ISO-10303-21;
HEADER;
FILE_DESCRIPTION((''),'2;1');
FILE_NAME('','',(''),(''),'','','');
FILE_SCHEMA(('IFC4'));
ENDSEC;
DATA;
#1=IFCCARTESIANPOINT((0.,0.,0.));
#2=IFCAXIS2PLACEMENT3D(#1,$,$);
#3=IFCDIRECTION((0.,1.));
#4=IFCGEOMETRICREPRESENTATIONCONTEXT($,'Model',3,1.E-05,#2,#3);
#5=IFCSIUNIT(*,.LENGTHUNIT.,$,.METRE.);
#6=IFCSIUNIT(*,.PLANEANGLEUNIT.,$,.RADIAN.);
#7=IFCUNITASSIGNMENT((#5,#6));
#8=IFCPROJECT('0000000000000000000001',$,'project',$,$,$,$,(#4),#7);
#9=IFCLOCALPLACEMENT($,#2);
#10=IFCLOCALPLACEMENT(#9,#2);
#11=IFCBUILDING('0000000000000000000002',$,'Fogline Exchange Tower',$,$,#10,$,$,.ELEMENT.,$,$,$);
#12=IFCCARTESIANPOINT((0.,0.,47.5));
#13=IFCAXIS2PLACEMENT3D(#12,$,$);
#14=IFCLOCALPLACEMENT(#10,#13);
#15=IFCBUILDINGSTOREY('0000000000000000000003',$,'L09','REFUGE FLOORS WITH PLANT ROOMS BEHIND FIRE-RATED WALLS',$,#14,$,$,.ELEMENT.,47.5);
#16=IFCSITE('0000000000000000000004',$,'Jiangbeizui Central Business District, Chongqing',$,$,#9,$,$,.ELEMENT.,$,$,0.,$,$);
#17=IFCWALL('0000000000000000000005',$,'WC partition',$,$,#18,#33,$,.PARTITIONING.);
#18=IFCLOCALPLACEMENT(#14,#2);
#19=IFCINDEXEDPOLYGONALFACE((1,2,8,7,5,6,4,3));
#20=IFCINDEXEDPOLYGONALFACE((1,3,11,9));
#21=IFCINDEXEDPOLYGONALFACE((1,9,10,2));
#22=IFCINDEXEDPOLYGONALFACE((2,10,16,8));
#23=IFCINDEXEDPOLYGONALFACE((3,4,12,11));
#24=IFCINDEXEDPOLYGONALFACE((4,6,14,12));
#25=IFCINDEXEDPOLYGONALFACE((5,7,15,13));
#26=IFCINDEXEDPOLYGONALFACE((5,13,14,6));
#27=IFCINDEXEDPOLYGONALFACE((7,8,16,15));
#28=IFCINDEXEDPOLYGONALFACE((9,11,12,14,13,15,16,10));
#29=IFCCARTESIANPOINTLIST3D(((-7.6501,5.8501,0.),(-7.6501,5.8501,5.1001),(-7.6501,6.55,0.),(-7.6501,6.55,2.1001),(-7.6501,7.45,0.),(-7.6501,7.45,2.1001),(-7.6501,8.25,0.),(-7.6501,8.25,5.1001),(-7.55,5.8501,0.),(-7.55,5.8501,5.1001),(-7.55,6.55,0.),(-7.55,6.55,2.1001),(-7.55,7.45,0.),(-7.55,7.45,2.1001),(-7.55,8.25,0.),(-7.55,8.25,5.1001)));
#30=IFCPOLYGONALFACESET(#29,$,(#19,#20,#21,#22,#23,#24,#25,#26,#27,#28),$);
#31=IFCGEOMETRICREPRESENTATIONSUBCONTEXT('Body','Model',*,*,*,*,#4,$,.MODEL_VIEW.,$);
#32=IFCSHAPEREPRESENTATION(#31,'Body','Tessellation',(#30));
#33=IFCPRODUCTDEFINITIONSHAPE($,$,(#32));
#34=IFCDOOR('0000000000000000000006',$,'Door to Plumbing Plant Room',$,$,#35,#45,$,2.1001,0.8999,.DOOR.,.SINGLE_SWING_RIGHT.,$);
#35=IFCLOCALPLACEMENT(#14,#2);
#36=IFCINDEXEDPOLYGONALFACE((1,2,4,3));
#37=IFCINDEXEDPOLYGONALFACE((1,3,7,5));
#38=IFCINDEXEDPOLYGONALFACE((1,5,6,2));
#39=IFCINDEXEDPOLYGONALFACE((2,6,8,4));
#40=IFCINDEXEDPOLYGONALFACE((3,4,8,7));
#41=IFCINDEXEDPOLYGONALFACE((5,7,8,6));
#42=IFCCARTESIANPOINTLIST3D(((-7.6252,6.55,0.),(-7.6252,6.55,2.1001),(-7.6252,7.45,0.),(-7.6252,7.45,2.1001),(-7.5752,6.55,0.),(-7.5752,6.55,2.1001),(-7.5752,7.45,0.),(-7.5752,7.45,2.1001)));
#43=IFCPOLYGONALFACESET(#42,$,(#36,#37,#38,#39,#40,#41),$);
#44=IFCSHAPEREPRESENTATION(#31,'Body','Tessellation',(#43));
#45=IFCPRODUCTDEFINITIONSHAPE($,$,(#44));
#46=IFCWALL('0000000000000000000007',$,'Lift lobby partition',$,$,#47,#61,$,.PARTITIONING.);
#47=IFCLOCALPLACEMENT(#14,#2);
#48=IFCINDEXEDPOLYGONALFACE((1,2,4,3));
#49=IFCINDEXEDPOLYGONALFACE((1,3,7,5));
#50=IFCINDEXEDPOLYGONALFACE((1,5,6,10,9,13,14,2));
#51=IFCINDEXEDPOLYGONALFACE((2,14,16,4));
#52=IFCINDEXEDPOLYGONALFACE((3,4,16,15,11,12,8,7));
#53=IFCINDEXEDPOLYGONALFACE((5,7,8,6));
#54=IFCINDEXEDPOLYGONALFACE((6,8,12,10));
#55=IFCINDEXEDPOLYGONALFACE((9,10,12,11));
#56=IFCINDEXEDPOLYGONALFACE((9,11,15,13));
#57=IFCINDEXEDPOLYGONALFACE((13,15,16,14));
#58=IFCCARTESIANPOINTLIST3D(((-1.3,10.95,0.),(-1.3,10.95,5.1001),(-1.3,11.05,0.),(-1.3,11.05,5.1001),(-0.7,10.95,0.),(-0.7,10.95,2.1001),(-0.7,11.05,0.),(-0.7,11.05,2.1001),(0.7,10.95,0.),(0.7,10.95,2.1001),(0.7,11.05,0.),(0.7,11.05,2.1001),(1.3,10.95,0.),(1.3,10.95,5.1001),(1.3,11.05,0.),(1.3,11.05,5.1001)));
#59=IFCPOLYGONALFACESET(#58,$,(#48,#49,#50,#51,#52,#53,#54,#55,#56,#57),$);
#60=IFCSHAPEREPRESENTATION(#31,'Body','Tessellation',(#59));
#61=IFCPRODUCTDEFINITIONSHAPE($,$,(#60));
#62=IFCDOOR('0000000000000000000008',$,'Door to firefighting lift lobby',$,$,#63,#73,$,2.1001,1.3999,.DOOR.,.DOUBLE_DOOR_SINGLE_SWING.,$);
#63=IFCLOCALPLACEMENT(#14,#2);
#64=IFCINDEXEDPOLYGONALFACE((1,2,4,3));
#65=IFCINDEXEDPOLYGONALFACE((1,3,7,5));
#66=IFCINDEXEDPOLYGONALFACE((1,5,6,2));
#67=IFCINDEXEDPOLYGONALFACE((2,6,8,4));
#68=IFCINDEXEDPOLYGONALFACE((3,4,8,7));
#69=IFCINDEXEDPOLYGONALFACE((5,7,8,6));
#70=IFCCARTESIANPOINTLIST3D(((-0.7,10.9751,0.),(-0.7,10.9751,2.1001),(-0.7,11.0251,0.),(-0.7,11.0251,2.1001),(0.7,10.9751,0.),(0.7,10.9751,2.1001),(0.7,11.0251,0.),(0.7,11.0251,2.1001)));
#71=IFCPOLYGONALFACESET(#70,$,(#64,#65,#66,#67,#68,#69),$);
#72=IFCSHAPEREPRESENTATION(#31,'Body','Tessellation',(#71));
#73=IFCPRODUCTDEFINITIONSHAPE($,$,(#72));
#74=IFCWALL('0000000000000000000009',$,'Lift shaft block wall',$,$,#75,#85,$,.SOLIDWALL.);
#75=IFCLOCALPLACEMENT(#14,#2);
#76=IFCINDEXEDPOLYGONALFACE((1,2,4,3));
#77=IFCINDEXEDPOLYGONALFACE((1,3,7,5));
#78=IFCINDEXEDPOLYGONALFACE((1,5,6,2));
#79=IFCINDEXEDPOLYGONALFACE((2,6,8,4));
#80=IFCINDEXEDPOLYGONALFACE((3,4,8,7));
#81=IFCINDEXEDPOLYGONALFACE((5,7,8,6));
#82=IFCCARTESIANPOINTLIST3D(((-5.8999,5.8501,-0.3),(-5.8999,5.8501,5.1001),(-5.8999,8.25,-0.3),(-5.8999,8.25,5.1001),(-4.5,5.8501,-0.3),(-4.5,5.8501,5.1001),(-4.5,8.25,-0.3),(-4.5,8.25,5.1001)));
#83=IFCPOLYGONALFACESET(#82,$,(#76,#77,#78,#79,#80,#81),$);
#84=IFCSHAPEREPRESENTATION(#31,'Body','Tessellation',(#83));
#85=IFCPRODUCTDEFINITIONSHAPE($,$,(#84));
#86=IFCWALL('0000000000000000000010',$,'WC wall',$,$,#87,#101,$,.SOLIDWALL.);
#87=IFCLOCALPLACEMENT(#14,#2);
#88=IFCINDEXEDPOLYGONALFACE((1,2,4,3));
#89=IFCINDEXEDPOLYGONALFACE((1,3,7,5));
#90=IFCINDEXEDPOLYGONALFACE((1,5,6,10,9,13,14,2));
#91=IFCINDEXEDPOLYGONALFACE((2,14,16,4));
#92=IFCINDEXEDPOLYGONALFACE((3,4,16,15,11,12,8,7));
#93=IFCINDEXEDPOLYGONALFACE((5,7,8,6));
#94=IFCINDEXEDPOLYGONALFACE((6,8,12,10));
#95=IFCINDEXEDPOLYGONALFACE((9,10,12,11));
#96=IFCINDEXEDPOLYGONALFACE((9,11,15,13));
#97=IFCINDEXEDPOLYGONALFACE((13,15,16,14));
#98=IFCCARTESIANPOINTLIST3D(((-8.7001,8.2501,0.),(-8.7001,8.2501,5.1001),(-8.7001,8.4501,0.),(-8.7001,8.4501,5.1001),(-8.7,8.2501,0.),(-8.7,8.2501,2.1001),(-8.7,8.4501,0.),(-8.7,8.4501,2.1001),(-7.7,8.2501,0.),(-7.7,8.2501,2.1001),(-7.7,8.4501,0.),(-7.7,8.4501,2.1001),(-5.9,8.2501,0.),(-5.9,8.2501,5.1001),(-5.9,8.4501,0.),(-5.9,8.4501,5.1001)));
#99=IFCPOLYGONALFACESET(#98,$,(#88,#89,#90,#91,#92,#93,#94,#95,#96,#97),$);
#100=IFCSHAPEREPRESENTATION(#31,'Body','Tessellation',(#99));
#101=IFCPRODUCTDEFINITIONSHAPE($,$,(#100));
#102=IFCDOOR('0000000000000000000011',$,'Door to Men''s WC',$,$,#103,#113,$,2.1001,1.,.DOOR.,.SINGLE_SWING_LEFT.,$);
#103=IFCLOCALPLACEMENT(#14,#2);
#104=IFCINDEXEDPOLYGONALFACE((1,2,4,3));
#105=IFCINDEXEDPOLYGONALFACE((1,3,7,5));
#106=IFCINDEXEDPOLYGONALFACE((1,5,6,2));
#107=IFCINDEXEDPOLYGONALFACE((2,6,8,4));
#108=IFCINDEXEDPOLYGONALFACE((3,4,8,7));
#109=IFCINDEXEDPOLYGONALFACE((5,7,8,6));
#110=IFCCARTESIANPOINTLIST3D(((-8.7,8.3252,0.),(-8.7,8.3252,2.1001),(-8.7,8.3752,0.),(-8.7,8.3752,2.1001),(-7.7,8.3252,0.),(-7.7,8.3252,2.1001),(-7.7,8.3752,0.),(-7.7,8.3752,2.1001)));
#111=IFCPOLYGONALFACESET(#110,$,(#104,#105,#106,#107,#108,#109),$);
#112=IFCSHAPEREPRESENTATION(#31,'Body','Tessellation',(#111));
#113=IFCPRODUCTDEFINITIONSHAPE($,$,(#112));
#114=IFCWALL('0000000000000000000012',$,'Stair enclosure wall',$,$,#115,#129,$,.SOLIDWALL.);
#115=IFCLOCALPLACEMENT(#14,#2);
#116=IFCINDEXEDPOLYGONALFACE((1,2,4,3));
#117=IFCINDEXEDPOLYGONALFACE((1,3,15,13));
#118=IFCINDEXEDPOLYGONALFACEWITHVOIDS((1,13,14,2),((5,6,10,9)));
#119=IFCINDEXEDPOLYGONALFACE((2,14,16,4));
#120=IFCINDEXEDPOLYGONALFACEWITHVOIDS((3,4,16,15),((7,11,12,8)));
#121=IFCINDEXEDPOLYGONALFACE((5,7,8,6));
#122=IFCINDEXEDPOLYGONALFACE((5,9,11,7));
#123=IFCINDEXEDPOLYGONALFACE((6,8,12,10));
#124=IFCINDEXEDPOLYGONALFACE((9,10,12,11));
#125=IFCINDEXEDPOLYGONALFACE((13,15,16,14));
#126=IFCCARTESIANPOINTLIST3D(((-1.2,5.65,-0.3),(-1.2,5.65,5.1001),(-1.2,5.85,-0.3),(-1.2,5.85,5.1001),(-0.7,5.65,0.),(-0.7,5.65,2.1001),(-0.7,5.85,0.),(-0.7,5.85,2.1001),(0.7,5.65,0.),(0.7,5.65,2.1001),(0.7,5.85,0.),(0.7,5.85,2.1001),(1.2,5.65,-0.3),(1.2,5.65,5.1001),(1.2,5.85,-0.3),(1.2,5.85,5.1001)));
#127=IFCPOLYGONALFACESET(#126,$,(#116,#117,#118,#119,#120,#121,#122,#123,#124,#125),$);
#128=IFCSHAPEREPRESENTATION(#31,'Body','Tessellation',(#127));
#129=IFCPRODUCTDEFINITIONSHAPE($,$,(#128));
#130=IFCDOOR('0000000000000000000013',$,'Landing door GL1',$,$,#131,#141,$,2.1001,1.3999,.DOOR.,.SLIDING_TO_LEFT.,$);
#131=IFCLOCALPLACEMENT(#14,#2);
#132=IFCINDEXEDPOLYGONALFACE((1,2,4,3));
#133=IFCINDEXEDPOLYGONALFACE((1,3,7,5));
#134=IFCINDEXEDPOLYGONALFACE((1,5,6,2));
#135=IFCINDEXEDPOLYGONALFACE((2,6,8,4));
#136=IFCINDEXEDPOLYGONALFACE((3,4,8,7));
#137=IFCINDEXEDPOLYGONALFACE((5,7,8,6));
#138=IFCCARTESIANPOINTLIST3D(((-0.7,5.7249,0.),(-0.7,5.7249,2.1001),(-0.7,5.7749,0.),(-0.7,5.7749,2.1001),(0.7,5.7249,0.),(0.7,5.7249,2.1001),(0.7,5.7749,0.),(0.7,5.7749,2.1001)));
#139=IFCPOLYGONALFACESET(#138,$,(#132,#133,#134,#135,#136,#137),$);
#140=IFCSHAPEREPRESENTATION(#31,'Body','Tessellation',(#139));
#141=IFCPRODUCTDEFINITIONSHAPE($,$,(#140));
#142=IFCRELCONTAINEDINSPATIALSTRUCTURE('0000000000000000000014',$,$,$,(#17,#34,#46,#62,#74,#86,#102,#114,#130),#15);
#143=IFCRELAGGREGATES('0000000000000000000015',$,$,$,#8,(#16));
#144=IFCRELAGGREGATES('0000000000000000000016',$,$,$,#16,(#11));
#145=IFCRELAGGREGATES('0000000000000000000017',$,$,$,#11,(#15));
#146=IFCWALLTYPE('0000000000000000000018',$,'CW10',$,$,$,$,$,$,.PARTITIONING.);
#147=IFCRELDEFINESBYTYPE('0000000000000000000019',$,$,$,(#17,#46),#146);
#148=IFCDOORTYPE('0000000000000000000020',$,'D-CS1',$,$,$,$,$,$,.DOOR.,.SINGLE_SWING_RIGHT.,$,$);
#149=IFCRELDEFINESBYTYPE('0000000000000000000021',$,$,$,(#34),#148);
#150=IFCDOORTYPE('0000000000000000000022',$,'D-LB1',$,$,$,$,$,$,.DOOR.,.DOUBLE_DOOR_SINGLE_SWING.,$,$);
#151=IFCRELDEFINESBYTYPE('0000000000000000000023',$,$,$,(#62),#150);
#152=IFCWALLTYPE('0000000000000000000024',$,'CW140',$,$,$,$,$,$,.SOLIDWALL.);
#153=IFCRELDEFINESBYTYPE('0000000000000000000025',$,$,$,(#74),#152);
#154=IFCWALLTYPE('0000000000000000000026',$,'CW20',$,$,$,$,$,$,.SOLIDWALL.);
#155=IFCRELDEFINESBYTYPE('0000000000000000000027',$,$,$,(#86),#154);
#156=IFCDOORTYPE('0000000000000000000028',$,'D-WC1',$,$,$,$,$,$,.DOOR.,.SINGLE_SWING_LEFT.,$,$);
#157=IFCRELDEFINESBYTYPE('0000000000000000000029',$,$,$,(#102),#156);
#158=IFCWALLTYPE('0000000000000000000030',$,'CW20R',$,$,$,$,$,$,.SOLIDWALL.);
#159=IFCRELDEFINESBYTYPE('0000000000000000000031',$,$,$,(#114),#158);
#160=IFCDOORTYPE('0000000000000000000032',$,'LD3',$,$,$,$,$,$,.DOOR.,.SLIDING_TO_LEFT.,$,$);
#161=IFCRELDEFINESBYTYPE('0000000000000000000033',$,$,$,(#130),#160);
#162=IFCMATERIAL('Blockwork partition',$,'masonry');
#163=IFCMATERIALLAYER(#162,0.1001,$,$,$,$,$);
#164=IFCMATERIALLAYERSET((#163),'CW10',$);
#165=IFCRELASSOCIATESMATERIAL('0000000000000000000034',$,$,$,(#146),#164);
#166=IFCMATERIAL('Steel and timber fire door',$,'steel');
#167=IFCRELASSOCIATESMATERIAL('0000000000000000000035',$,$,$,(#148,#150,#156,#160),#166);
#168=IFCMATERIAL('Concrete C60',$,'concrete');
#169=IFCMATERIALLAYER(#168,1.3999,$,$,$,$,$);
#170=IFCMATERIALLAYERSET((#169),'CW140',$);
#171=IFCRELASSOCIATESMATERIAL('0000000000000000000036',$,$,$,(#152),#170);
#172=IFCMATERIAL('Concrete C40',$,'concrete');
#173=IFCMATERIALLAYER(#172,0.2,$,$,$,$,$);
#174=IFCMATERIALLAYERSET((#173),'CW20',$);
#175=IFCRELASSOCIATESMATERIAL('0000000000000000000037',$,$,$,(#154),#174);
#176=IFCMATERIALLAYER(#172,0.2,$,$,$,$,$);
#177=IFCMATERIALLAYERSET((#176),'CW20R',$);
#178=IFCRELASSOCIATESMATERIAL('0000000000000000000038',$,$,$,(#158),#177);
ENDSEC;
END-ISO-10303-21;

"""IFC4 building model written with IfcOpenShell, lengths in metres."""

from ifc_helpers import new_model, si_unit, direction, frame, frame_2d, origin, place, context, subcontext, project, spatial, rectangle, extrude, material, layer, layer_set, type_object, element, fill, save


model = new_model("IFC4")

# Units and contexts
model_context = context("Model", 3, precision=1e-05, world=origin(), true_north=direction((0.0, 1.0)))
body_context = subcontext(model_context, "Body", "Model", "MODEL_VIEW")
ifc_project = project(units=[si_unit("LENGTHUNIT", "METRE"), si_unit("PLANEANGLEUNIT", "RADIAN")], contexts=[model_context])

# Site, building, storey
site_placement = place(None, origin())
site = spatial("IfcSite", under=ifc_project, at=site_placement, Name="Jiangbeizui Central Business District, Chongqing", CompositionType="ELEMENT", RefElevation=0.0)
building_placement = place(site_placement, origin())
building = spatial("IfcBuilding", under=site, at=building_placement, Name="Fogline Exchange Tower", CompositionType="ELEMENT")
storey_placement = place(building_placement, frame((0.0, 0.0, 47.5)))
storey = spatial("IfcBuildingStorey", under=building, at=storey_placement, Name="L09", Description="REFUGE FLOORS WITH PLANT ROOMS BEHIND FIRE-RATED WALLS", CompositionType="ELEMENT", Elevation=47.5)

# Walls, openings, doors
ifc_material_1 = material(Name="Blockwork partition", Category="masonry")
ifc_layer_1 = layer(ifc_material_1, 0.1001)
ifc_layer_set_1 = layer_set([ifc_layer_1], Name="CW10")
wall_type_1 = type_object("IfcWallType", Name="CW10", PredefinedType="PARTITIONING", material=ifc_layer_set_1)
wall_1_placement = place(storey_placement, frame((-7.6001, 5.8501, 0.0), z_axis=(0.0, 0.0, 1.0), x_axis=(0.0, 1.0, 0.0)))
wall_1 = element("IfcWall", 1, at=wall_1_placement, inside=storey, type_object=wall_type_1, Name="WC partition", PredefinedType="PARTITIONING", context=body_context, shape_type="SweptSolid", body=[
    extrude(rectangle(XDim=2.3999, YDim=0.1001, at=frame_2d((1.2, 0.0))), origin(), (0.0, 0.0, 1.0), 5.1001),
])
opening_1_placement = place(wall_1_placement, frame((0.7, 0.0, 0.0)))
opening_1 = element("IfcOpeningElement", 2, at=opening_1_placement, cuts=wall_1, PredefinedType="OPENING", context=body_context, shape_type="SweptSolid", body=[
    extrude(rectangle(XDim=0.8999, YDim=2.1001, at=frame_2d((0.45, 1.05))), frame((0.0, 0.0601, 0.0), z_axis=(0.0, -1.0, 0.0), x_axis=(1.0, 0.0, 0.0)), (0.0, 0.0, 1.0), 0.1201),
])
ifc_material_2 = material(Name="Steel and timber fire door", Category="steel")
door_type_1 = type_object("IfcDoorType", Name="D-CS1", OperationType="SINGLE_SWING_RIGHT", PredefinedType="DOOR", material=ifc_material_2)
door_1_placement = place(opening_1_placement, frame((0.8999, 0.0, 0.0), z_axis=(0.0, 0.0, 1.0), x_axis=(-1.0, 0.0, 0.0)))
door_1 = element("IfcDoor", 3, at=door_1_placement, inside=storey, type_object=door_type_1, Name="Door to Plumbing Plant Room", OperationType="SINGLE_SWING_RIGHT", OverallHeight=2.1001, OverallWidth=0.8999, PredefinedType="DOOR", context=body_context, shape_type="SweptSolid", body=[
    extrude(rectangle(XDim=0.8999, YDim=2.1001, at=frame_2d((0.45, 1.05))), frame((0.0, 0.0249, 0.0), z_axis=(0.0, -1.0, 0.0), x_axis=(1.0, 0.0, 0.0)), (0.0, 0.0, 1.0), 0.05),
])
fill(opening_1, door_1)
wall_2_placement = place(storey_placement, frame((-1.3, 11.0, 0.0), z_axis=(0.0, 0.0, 1.0), x_axis=(1.0, 0.0, 0.0)))
wall_2 = element("IfcWall", 4, at=wall_2_placement, inside=storey, type_object=wall_type_1, Name="Lift lobby partition", PredefinedType="PARTITIONING", context=body_context, shape_type="SweptSolid", body=[
    extrude(rectangle(XDim=2.6001, YDim=0.1001, at=frame_2d((1.3, 0.0))), origin(), (0.0, 0.0, 1.0), 5.1001),
])
opening_2_placement = place(wall_2_placement, frame((0.6001, 0.0, 0.0)))
opening_2 = element("IfcOpeningElement", 5, at=opening_2_placement, cuts=wall_2, PredefinedType="OPENING", context=body_context, shape_type="SweptSolid", body=[
    extrude(rectangle(XDim=1.3999, YDim=2.1001, at=frame_2d((0.7, 1.05))), frame((0.0, 0.0601, 0.0), z_axis=(0.0, -1.0, 0.0), x_axis=(1.0, 0.0, 0.0)), (0.0, 0.0, 1.0), 0.1201),
])
door_type_2 = type_object("IfcDoorType", Name="D-LB1", OperationType="DOUBLE_DOOR_SINGLE_SWING", PredefinedType="DOOR", material=ifc_material_2)
door_2_placement = place(opening_2_placement, frame((1.3999, 0.0, 0.0), z_axis=(0.0, 0.0, 1.0), x_axis=(-1.0, 0.0, 0.0)))
door_2 = element("IfcDoor", 6, at=door_2_placement, inside=storey, type_object=door_type_2, Name="Door to firefighting lift lobby", OperationType="DOUBLE_DOOR_SINGLE_SWING", OverallHeight=2.1001, OverallWidth=1.3999, PredefinedType="DOOR", context=body_context, shape_type="SweptSolid", body=[
    extrude(rectangle(XDim=1.3999, YDim=2.1001, at=frame_2d((0.7, 1.05))), frame((0.0, 0.0249, 0.0), z_axis=(0.0, -1.0, 0.0), x_axis=(1.0, 0.0, 0.0)), (0.0, 0.0, 1.0), 0.05),
])
fill(opening_2, door_2)

# Wall
ifc_material_3 = material(Name="Concrete C60", Category="concrete")
ifc_layer_2 = layer(ifc_material_3, 1.3999)
ifc_layer_set_2 = layer_set([ifc_layer_2], Name="CW140")
wall_type_2 = type_object("IfcWallType", Name="CW140", PredefinedType="SOLIDWALL", material=ifc_layer_set_2)
wall_3_placement = place(storey_placement, frame((-5.2, 5.8501, -0.3), z_axis=(0.0, 0.0, 1.0), x_axis=(0.0, 1.0, 0.0)))
element("IfcWall", 7, at=wall_3_placement, inside=storey, type_object=wall_type_2, Name="Lift shaft block wall", PredefinedType="SOLIDWALL", context=body_context, shape_type="SweptSolid", body=[
    extrude(rectangle(XDim=2.3999, YDim=1.3999, at=frame_2d((1.2, 0.0))), origin(), (0.0, 0.0, 1.0), 5.4001),
])

# Walls, openings, doors
ifc_material_4 = material(Name="Concrete C40", Category="concrete")
ifc_layer_3 = layer(ifc_material_4, 0.2)
ifc_layer_set_3 = layer_set([ifc_layer_3], Name="CW20")
wall_type_3 = type_object("IfcWallType", Name="CW20", PredefinedType="SOLIDWALL", material=ifc_layer_set_3)
wall_4_placement = place(storey_placement, frame((-8.7, 8.3501, 0.0), z_axis=(0.0, 0.0, 1.0), x_axis=(1.0, 0.0, 0.0)))
wall_4 = element("IfcWall", 8, at=wall_4_placement, inside=storey, type_object=wall_type_3, Name="WC wall", PredefinedType="SOLIDWALL", context=body_context, shape_type="SweptSolid", body=[
    extrude(rectangle(XDim=2.8, YDim=0.2, at=frame_2d((1.3999, 0.0))), origin(), (0.0, 0.0, 1.0), 5.1001),
])
opening_3_placement = place(wall_4_placement, origin())
opening_3 = element("IfcOpeningElement", 9, at=opening_3_placement, cuts=wall_4, PredefinedType="OPENING", context=body_context, shape_type="SweptSolid", body=[
    extrude(rectangle(XDim=1.0, YDim=2.1001, at=frame_2d((0.5, 1.05))), frame((0.0, 0.1099, 0.0), z_axis=(0.0, -1.0, 0.0), x_axis=(1.0, 0.0, 0.0)), (0.0, 0.0, 1.0), 0.22),
])
door_type_3 = type_object("IfcDoorType", Name="D-WC1", OperationType="SINGLE_SWING_LEFT", PredefinedType="DOOR", material=ifc_material_2)
door_3_placement = place(opening_3_placement, frame((1.0, 0.0, 0.0), z_axis=(0.0, 0.0, 1.0), x_axis=(-1.0, 0.0, 0.0)))
door_3 = element("IfcDoor", 10, at=door_3_placement, inside=storey, type_object=door_type_3, Name="Door to Men's WC", OperationType="SINGLE_SWING_LEFT", OverallHeight=2.1001, OverallWidth=1.0, PredefinedType="DOOR", context=body_context, shape_type="SweptSolid", body=[
    extrude(rectangle(XDim=1.0, YDim=2.1001, at=frame_2d((0.5, 1.05))), frame((0.0, 0.0249, 0.0), z_axis=(0.0, -1.0, 0.0), x_axis=(1.0, 0.0, 0.0)), (0.0, 0.0, 1.0), 0.05),
])
fill(opening_3, door_3)
ifc_layer_4 = layer(ifc_material_4, 0.2)
ifc_layer_set_4 = layer_set([ifc_layer_4], Name="CW20R")
wall_type_4 = type_object("IfcWallType", Name="CW20R", PredefinedType="SOLIDWALL", material=ifc_layer_set_4)
wall_5_placement = place(storey_placement, frame((-1.2, 5.75, -0.3), z_axis=(0.0, 0.0, 1.0), x_axis=(1.0, 0.0, 0.0)))
wall_5 = element("IfcWall", 11, at=wall_5_placement, inside=storey, type_object=wall_type_4, Name="Stair enclosure wall", PredefinedType="SOLIDWALL", context=body_context, shape_type="SweptSolid", body=[
    extrude(rectangle(XDim=2.3999, YDim=0.2, at=frame_2d((1.2, 0.0))), origin(), (0.0, 0.0, 1.0), 5.4001),
])
opening_4_placement = place(wall_5_placement, frame((0.5, 0.0, 0.3)))
opening_4 = element("IfcOpeningElement", 12, at=opening_4_placement, cuts=wall_5, PredefinedType="OPENING", context=body_context, shape_type="SweptSolid", body=[
    extrude(rectangle(XDim=1.3999, YDim=2.1001, at=frame_2d((0.7, 1.05))), frame((0.0, 0.1099, 0.0), z_axis=(0.0, -1.0, 0.0), x_axis=(1.0, 0.0, 0.0)), (0.0, 0.0, 1.0), 0.22),
])
door_type_4 = type_object("IfcDoorType", Name="LD3", OperationType="SLIDING_TO_LEFT", PredefinedType="DOOR", material=ifc_material_2)
door_4_placement = place(opening_4_placement, origin())
door_4 = element("IfcDoor", 13, at=door_4_placement, inside=storey, type_object=door_type_4, Name="Landing door GL1", OperationType="SLIDING_TO_LEFT", OverallHeight=2.1001, OverallWidth=1.3999, PredefinedType="DOOR", context=body_context, shape_type="SweptSolid", body=[
    extrude(rectangle(XDim=1.3999, YDim=2.1001, at=frame_2d((0.7, 1.05))), frame((0.0, 0.0249, 0.0), z_axis=(0.0, -1.0, 0.0), x_axis=(1.0, 0.0, 0.0)), (0.0, 0.0, 1.0), 0.05),
])
fill(opening_4, door_4)

save(model, "model.ifc")
